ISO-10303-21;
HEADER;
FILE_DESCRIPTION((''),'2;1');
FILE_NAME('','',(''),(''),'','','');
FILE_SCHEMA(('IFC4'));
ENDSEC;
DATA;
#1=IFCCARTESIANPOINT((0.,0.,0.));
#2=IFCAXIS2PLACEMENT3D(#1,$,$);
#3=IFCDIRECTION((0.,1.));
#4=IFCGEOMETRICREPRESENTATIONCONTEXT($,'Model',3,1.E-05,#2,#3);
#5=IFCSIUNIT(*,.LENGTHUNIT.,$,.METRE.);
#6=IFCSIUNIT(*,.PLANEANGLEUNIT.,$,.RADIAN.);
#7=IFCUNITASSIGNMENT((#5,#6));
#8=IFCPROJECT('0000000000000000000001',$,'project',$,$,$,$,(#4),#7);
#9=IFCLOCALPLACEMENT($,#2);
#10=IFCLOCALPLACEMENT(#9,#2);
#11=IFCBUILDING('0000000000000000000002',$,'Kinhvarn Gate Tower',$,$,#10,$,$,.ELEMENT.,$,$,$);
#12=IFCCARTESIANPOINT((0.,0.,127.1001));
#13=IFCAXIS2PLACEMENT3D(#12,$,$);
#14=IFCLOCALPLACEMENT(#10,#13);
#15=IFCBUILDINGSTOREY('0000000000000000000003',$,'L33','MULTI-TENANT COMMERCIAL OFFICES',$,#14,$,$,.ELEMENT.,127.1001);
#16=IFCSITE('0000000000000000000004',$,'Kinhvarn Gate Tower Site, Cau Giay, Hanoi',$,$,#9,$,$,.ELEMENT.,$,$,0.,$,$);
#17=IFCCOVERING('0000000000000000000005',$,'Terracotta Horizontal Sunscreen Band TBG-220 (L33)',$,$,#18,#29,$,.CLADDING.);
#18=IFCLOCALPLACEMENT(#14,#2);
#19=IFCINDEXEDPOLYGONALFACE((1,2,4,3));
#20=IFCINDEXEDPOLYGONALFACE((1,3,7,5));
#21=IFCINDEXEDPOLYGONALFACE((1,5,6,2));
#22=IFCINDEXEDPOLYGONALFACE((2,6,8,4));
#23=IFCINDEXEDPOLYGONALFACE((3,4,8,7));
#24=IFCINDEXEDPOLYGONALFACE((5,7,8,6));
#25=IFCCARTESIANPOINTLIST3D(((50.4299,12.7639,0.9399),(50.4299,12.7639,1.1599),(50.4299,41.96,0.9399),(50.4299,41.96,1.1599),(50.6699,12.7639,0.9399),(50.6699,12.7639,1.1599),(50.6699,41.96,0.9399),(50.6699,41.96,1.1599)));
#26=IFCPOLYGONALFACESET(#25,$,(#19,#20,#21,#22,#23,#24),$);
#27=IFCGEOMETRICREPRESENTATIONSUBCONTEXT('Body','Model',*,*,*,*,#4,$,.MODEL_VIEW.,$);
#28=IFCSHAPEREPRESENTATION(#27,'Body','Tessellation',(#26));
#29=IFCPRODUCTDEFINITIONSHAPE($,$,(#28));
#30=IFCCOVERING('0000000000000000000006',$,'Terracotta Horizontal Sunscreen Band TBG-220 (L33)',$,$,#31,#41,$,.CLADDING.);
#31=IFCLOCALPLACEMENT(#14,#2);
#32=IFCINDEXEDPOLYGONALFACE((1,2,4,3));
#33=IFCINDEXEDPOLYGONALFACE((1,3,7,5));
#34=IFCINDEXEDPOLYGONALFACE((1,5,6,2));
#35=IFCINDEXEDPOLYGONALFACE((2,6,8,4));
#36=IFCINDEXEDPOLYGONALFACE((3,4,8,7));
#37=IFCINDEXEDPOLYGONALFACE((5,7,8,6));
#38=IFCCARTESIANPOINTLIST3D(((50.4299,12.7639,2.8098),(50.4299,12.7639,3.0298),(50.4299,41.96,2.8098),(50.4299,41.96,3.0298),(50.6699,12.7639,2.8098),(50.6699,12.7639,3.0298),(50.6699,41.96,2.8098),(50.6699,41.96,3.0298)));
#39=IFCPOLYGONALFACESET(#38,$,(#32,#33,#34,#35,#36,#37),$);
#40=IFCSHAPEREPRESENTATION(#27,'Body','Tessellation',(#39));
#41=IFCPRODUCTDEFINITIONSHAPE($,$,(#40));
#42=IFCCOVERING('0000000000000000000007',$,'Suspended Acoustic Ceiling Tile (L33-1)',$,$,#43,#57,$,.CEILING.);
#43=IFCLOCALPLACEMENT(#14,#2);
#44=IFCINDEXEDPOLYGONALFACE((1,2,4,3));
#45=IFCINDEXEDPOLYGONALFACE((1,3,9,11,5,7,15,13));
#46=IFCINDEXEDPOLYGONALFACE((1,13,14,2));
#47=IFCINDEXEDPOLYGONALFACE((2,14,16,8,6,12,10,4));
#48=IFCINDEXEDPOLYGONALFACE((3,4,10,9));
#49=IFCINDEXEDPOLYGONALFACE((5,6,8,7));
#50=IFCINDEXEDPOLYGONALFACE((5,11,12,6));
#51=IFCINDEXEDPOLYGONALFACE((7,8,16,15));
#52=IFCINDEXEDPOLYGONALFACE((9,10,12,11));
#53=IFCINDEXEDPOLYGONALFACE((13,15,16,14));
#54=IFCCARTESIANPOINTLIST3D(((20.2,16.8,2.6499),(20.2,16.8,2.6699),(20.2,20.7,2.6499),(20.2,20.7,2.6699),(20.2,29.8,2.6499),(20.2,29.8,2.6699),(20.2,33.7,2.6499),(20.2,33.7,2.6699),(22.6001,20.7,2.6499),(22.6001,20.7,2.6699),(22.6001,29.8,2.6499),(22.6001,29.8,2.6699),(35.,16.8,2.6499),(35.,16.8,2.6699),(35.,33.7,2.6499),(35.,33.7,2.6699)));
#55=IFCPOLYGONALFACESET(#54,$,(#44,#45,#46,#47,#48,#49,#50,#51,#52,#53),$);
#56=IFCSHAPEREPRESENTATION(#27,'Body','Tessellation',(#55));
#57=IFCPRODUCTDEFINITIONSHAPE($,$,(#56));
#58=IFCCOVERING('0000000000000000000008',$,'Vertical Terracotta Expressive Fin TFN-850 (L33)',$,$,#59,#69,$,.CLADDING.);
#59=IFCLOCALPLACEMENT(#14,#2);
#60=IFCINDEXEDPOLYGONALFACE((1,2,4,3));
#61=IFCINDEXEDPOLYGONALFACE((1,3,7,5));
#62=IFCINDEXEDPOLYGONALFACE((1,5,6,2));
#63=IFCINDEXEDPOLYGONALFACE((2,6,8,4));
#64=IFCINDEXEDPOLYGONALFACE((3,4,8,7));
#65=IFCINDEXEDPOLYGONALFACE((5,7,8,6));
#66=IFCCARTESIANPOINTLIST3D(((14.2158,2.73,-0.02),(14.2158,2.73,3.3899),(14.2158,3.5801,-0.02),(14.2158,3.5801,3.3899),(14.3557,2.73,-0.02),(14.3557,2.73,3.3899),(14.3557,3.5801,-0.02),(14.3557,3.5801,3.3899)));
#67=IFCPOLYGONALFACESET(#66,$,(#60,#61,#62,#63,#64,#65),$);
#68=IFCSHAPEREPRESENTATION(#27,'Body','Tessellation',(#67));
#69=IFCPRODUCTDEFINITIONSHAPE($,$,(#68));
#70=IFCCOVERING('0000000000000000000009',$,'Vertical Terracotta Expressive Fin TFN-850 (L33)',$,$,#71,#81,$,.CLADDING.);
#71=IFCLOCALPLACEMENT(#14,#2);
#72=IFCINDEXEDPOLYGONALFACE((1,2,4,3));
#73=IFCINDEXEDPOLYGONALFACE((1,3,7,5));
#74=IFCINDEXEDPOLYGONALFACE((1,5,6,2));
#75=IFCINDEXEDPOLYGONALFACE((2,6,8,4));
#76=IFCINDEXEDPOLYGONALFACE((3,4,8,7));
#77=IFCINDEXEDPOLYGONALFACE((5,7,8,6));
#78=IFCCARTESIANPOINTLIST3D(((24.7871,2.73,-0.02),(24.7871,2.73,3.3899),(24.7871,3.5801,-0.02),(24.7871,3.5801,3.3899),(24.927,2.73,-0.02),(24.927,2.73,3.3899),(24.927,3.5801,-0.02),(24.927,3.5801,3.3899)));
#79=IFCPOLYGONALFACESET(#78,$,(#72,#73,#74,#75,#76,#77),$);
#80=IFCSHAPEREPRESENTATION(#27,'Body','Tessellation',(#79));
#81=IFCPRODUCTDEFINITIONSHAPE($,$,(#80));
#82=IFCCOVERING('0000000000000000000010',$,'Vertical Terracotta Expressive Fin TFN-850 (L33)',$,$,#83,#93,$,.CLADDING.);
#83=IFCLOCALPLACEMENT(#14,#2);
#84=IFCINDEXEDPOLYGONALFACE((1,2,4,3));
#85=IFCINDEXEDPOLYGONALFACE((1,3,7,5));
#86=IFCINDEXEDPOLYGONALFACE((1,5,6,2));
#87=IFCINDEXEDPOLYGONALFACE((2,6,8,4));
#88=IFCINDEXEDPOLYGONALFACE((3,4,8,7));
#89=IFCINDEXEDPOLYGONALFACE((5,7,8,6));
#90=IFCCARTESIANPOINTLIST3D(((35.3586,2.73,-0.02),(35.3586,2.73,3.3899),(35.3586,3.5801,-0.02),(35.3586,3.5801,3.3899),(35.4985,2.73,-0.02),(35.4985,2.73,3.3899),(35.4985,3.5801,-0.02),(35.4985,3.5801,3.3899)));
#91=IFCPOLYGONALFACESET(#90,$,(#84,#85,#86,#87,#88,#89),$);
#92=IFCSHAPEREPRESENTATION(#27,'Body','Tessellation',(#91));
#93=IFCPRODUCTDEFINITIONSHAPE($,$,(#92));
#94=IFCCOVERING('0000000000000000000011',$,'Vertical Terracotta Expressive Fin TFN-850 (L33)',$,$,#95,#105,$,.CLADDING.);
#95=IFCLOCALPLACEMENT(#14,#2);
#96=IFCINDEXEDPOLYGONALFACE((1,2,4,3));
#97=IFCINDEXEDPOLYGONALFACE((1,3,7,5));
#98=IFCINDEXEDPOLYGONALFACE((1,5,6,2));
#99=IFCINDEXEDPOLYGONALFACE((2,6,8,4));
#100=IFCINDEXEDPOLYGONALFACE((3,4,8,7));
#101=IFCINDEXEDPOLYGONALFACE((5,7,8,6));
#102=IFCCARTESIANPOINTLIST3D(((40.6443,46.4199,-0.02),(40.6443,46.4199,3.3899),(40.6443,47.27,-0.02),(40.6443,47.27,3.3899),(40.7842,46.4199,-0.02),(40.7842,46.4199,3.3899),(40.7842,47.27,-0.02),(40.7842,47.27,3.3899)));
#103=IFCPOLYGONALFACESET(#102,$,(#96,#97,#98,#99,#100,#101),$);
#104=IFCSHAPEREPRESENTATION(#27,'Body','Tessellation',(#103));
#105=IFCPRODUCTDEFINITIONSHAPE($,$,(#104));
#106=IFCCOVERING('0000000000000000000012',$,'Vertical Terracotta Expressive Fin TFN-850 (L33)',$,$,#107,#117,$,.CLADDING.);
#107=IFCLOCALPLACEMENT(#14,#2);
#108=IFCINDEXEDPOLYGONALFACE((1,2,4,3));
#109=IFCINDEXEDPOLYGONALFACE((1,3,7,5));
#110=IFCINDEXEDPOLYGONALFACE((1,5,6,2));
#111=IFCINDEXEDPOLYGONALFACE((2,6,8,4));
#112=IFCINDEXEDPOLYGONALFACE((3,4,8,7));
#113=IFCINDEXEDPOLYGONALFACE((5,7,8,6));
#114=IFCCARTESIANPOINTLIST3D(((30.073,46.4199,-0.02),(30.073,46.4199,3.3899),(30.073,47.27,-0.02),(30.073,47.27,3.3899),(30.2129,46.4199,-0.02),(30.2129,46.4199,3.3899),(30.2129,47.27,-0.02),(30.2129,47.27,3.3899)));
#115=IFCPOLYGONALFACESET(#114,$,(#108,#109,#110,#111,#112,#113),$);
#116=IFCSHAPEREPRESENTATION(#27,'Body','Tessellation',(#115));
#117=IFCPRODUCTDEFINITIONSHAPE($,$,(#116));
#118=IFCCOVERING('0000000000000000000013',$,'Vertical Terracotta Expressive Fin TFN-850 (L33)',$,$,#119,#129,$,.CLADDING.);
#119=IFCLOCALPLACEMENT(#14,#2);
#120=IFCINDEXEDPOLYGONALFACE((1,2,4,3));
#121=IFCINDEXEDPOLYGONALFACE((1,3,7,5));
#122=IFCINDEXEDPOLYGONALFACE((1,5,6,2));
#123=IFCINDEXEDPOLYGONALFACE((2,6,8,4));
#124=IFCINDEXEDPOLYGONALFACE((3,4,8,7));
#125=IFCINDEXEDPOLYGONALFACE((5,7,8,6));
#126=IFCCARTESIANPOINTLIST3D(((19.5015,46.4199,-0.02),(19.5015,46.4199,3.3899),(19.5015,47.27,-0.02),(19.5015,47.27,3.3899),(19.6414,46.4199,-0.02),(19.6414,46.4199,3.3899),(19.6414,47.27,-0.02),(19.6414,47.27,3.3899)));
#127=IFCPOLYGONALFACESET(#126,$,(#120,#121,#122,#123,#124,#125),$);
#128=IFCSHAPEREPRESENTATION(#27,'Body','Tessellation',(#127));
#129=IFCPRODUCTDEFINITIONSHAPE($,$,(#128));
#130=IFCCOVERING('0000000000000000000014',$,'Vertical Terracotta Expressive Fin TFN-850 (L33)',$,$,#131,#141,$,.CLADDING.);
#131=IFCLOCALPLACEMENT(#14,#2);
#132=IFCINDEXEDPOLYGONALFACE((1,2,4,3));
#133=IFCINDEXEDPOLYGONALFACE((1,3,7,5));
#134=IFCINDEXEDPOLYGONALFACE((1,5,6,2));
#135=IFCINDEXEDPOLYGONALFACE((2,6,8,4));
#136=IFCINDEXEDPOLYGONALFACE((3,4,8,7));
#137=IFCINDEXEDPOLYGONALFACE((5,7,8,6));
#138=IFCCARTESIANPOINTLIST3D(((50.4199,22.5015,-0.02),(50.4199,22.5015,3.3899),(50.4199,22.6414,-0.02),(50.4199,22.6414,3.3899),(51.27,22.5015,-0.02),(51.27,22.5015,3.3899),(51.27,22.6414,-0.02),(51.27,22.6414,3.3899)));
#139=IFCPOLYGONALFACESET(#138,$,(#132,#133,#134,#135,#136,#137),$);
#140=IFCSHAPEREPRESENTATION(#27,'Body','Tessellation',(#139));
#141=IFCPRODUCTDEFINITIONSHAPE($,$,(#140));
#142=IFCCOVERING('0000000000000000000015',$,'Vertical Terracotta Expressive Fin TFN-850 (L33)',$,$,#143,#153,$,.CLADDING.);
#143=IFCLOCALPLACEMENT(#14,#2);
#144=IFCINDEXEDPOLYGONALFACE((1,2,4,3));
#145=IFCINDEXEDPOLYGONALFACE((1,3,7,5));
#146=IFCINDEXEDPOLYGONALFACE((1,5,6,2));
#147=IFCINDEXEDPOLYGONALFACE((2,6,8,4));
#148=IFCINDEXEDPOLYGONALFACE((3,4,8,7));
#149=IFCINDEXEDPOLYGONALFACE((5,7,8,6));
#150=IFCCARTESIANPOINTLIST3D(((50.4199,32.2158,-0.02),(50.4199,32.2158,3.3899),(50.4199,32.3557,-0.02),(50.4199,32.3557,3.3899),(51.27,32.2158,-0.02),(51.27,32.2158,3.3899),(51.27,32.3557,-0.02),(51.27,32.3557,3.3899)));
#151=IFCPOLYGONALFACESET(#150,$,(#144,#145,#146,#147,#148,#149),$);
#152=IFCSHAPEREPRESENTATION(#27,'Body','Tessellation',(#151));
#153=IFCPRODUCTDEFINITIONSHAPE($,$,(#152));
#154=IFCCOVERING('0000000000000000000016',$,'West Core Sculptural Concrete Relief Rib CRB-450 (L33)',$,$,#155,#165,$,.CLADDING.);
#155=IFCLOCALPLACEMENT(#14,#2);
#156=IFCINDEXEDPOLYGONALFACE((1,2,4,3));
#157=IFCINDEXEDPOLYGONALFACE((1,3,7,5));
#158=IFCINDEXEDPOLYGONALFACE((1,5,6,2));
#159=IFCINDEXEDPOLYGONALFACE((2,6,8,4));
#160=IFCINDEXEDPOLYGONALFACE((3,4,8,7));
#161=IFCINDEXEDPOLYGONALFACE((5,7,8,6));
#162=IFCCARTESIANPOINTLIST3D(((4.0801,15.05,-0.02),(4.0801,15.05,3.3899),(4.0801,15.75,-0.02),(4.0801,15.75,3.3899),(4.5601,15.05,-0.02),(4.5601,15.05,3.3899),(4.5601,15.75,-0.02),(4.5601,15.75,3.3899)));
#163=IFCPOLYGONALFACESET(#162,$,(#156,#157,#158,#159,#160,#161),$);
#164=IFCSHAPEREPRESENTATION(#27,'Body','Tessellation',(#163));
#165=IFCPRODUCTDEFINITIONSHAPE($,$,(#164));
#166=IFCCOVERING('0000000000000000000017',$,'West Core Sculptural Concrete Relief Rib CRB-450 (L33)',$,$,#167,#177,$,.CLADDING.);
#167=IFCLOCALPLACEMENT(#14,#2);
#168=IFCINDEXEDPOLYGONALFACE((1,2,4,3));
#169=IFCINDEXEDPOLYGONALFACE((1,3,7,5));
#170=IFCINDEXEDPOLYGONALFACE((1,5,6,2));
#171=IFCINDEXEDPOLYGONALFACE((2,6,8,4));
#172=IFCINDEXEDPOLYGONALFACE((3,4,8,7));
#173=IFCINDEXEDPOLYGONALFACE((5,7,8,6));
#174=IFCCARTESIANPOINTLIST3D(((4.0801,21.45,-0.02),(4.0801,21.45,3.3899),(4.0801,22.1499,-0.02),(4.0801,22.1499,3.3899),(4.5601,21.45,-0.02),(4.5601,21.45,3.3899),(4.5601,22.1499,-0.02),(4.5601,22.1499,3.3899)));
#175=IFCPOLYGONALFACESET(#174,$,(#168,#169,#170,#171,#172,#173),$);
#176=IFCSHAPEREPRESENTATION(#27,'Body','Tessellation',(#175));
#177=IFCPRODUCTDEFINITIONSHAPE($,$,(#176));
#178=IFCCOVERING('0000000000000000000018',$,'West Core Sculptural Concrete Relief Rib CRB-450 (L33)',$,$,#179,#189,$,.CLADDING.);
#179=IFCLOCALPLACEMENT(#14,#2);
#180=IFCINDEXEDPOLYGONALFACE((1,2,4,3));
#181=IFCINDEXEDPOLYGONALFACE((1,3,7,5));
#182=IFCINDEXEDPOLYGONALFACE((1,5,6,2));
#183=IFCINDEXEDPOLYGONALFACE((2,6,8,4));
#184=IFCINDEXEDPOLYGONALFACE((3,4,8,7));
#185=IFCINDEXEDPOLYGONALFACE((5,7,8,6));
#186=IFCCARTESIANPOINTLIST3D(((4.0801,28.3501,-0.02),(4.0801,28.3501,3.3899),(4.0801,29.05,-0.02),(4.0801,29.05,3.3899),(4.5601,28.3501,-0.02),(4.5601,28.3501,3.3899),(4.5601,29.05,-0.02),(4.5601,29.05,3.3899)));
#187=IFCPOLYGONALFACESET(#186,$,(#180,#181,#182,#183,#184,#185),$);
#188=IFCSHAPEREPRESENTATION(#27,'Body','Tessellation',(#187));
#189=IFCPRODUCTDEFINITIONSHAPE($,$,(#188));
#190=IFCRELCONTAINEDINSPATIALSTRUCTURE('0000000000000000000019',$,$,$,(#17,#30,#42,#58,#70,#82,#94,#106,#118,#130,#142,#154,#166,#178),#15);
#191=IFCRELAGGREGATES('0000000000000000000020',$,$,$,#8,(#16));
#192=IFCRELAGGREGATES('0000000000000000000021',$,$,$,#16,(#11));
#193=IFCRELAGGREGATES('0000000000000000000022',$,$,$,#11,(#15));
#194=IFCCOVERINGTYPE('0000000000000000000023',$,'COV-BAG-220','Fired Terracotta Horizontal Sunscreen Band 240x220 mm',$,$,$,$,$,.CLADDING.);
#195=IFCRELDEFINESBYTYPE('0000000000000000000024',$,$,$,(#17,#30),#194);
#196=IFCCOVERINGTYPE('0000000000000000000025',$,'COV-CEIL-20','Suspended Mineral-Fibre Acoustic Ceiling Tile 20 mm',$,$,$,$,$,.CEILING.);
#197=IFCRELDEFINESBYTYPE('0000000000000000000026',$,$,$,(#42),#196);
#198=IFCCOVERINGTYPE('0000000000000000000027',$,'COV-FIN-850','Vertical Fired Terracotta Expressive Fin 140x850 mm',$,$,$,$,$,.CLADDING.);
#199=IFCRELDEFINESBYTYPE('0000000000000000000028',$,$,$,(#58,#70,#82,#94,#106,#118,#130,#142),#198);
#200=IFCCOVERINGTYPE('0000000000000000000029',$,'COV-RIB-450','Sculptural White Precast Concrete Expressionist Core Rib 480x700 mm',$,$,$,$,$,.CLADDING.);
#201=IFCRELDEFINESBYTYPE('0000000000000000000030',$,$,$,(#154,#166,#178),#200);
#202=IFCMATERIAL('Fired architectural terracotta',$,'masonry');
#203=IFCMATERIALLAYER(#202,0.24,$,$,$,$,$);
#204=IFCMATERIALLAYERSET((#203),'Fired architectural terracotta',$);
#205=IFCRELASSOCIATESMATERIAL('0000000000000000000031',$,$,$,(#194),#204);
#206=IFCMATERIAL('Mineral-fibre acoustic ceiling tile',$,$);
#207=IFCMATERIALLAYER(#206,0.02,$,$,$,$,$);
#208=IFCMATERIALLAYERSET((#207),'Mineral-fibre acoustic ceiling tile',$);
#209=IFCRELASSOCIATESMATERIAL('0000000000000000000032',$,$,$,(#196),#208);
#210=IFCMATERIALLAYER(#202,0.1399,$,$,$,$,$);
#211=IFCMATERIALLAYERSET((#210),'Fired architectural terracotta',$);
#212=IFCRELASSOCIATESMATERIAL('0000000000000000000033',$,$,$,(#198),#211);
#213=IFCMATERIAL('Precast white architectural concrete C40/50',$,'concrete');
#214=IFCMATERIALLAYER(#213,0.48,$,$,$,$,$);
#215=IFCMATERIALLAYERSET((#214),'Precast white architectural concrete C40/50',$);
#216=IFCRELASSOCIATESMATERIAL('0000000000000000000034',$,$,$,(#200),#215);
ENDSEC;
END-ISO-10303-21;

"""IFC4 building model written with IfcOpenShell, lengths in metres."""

from ifc_helpers import new_model, si_unit, direction, frame, origin, place, context, subcontext, project, spatial, polyline, outline, extrude, material, layer, layer_set, type_object, element, save


model = new_model("IFC4")

# Units and contexts
model_context = context("Model", 3, precision=1e-05, world=origin(), true_north=direction((0.0, 1.0)))
body_context = subcontext(model_context, "Body", "Model", "MODEL_VIEW")
ifc_project = project(units=[si_unit("LENGTHUNIT", "METRE"), si_unit("PLANEANGLEUNIT", "RADIAN")], contexts=[model_context])

# Site, building, storey
site_placement = place(None, origin())
site = spatial("IfcSite", under=ifc_project, at=site_placement, Name="Kinhvarn Gate Tower Site, Cau Giay, Hanoi", CompositionType="ELEMENT", RefElevation=0.0)
building_placement = place(site_placement, origin())
building = spatial("IfcBuilding", under=site, at=building_placement, Name="Kinhvarn Gate Tower", CompositionType="ELEMENT")
storey_placement = place(building_placement, frame((0.0, 0.0, 127.1001)))
storey = spatial("IfcBuildingStorey", under=building, at=storey_placement, Name="L33", Description="MULTI-TENANT COMMERCIAL OFFICES", CompositionType="ELEMENT", Elevation=127.1001)

# Shared definitions
ifc_material_1 = material(Name="Precast white architectural concrete C40/50", Category="concrete")

# Coverings
ifc_material_2 = material(Name="Fired architectural terracotta", Category="masonry")
ifc_layer_1 = layer(ifc_material_2, 0.24)
ifc_layer_set_1 = layer_set([ifc_layer_1], Name="Fired architectural terracotta")
covering_type_1 = type_object("IfcCoveringType", Name="COV-BAG-220", Description="Fired Terracotta Horizontal Sunscreen Band 240x220 mm", PredefinedType="CLADDING", material=ifc_layer_set_1)
for number, where, name in (
    (1, (0.0, 0.0, 0.9399), "Terracotta Horizontal Sunscreen Band TBG-220 (L33)"),
    (2, (0.0, 0.0, 2.8098), "Terracotta Horizontal Sunscreen Band TBG-220 (L33)"),
):
    element("IfcCovering", number, at=place(storey_placement, frame(where)), inside=storey, type_object=covering_type_1, Name=name, PredefinedType="CLADDING", context=body_context, shape_type="SweptSolid", body=[
        extrude(outline(polyline([(50.4299, 12.7639), (50.4299, 41.96), (50.6699, 41.96), (50.6699, 12.7639), (50.4299, 12.7639)])), origin(), (0.0, 0.0, 1.0), 0.22),
    ])
ifc_material_3 = material(Name="Mineral-fibre acoustic ceiling tile")
ifc_layer_2 = layer(ifc_material_3, 0.02)
ifc_layer_set_2 = layer_set([ifc_layer_2], Name="Mineral-fibre acoustic ceiling tile")
covering_type_2 = type_object("IfcCoveringType", Name="COV-CEIL-20", Description="Suspended Mineral-Fibre Acoustic Ceiling Tile 20 mm", PredefinedType="CEILING", material=ifc_layer_set_2)
covering_1_placement = place(storey_placement, frame((0.0, 0.0, 2.6499)))
element("IfcCovering", 3, at=covering_1_placement, inside=storey, type_object=covering_type_2, Name="Suspended Acoustic Ceiling Tile (L33-1)", PredefinedType="CEILING", context=body_context, shape_type="SweptSolid", body=[
    extrude(outline(polyline([(35.0, 33.7), (35.0, 16.8), (20.2, 16.8), (20.2, 20.7), (22.6001, 20.7), (22.6001, 29.8), (20.2, 29.8), (20.2, 33.7), (35.0, 33.7)])), origin(), (0.0, 0.0, 1.0), 0.02),
])
ifc_layer_3 = layer(ifc_material_2, 0.1399)
ifc_layer_set_3 = layer_set([ifc_layer_3], Name="Fired architectural terracotta")
covering_type_3 = type_object("IfcCoveringType", Name="COV-FIN-850", Description="Vertical Fired Terracotta Expressive Fin 140x850 mm", PredefinedType="CLADDING", material=ifc_layer_set_3)
covering_2_placement = place(storey_placement, frame((0.0, 0.0, -0.02)))
element("IfcCovering", 4, at=covering_2_placement, inside=storey, type_object=covering_type_3, Name="Vertical Terracotta Expressive Fin TFN-850 (L33)", PredefinedType="CLADDING", context=body_context, shape_type="SweptSolid", body=[
    extrude(outline(polyline([(14.2158, 3.5801), (14.3557, 3.5801), (14.3557, 2.73), (14.2158, 2.73), (14.2158, 3.5801)])), origin(), (0.0, 0.0, 1.0), 3.4099),
])
covering_3_placement = place(storey_placement, frame((0.0, 0.0, -0.02)))
element("IfcCovering", 5, at=covering_3_placement, inside=storey, type_object=covering_type_3, Name="Vertical Terracotta Expressive Fin TFN-850 (L33)", PredefinedType="CLADDING", context=body_context, shape_type="SweptSolid", body=[
    extrude(outline(polyline([(24.7871, 3.5801), (24.927, 3.5801), (24.927, 2.73), (24.7871, 2.73), (24.7871, 3.5801)])), origin(), (0.0, 0.0, 1.0), 3.4099),
])
covering_4_placement = place(storey_placement, frame((0.0, 0.0, -0.02)))
element("IfcCovering", 6, at=covering_4_placement, inside=storey, type_object=covering_type_3, Name="Vertical Terracotta Expressive Fin TFN-850 (L33)", PredefinedType="CLADDING", context=body_context, shape_type="SweptSolid", body=[
    extrude(outline(polyline([(35.3586, 3.5801), (35.4985, 3.5801), (35.4985, 2.73), (35.3586, 2.73), (35.3586, 3.5801)])), origin(), (0.0, 0.0, 1.0), 3.4099),
])
covering_5_placement = place(storey_placement, frame((0.0, 0.0, -0.02)))
element("IfcCovering", 7, at=covering_5_placement, inside=storey, type_object=covering_type_3, Name="Vertical Terracotta Expressive Fin TFN-850 (L33)", PredefinedType="CLADDING", context=body_context, shape_type="SweptSolid", body=[
    extrude(outline(polyline([(40.7842, 46.4199), (40.6443, 46.4199), (40.6443, 47.27), (40.7842, 47.27), (40.7842, 46.4199)])), origin(), (0.0, 0.0, 1.0), 3.4099),
])
covering_6_placement = place(storey_placement, frame((0.0, 0.0, -0.02)))
element("IfcCovering", 8, at=covering_6_placement, inside=storey, type_object=covering_type_3, Name="Vertical Terracotta Expressive Fin TFN-850 (L33)", PredefinedType="CLADDING", context=body_context, shape_type="SweptSolid", body=[
    extrude(outline(polyline([(30.2129, 46.4199), (30.073, 46.4199), (30.073, 47.27), (30.2129, 47.27), (30.2129, 46.4199)])), origin(), (0.0, 0.0, 1.0), 3.4099),
])
covering_7_placement = place(storey_placement, frame((0.0, 0.0, -0.02)))
element("IfcCovering", 9, at=covering_7_placement, inside=storey, type_object=covering_type_3, Name="Vertical Terracotta Expressive Fin TFN-850 (L33)", PredefinedType="CLADDING", context=body_context, shape_type="SweptSolid", body=[
    extrude(outline(polyline([(19.6414, 46.4199), (19.5015, 46.4199), (19.5015, 47.27), (19.6414, 47.27), (19.6414, 46.4199)])), origin(), (0.0, 0.0, 1.0), 3.4099),
])
covering_8_placement = place(storey_placement, frame((0.0, 0.0, -0.02)))
element("IfcCovering", 10, at=covering_8_placement, inside=storey, type_object=covering_type_3, Name="Vertical Terracotta Expressive Fin TFN-850 (L33)", PredefinedType="CLADDING", context=body_context, shape_type="SweptSolid", body=[
    extrude(outline(polyline([(50.4199, 22.5015), (50.4199, 22.6414), (51.27, 22.6414), (51.27, 22.5015), (50.4199, 22.5015)])), origin(), (0.0, 0.0, 1.0), 3.4099),
])
covering_9_placement = place(storey_placement, frame((0.0, 0.0, -0.02)))
element("IfcCovering", 11, at=covering_9_placement, inside=storey, type_object=covering_type_3, Name="Vertical Terracotta Expressive Fin TFN-850 (L33)", PredefinedType="CLADDING", context=body_context, shape_type="SweptSolid", body=[
    extrude(outline(polyline([(50.4199, 32.2158), (50.4199, 32.3557), (51.27, 32.3557), (51.27, 32.2158), (50.4199, 32.2158)])), origin(), (0.0, 0.0, 1.0), 3.4099),
])
ifc_layer_4 = layer(ifc_material_1, 0.48)
ifc_layer_set_4 = layer_set([ifc_layer_4], Name="Precast white architectural concrete C40/50")
covering_type_4 = type_object("IfcCoveringType", Name="COV-RIB-450", Description="Sculptural White Precast Concrete Expressionist Core Rib 480x700 mm", PredefinedType="CLADDING", material=ifc_layer_set_4)
covering_10_placement = place(storey_placement, frame((0.0, 0.0, -0.02)))
element("IfcCovering", 12, at=covering_10_placement, inside=storey, type_object=covering_type_4, Name="West Core Sculptural Concrete Relief Rib CRB-450 (L33)", PredefinedType="CLADDING", context=body_context, shape_type="SweptSolid", body=[
    extrude(outline(polyline([(4.0801, 15.05), (4.5601, 15.05), (4.5601, 15.75), (4.0801, 15.75), (4.0801, 15.05)])), origin(), (0.0, 0.0, 1.0), 3.4099),
])
covering_11_placement = place(storey_placement, frame((0.0, 0.0, -0.02)))
element("IfcCovering", 13, at=covering_11_placement, inside=storey, type_object=covering_type_4, Name="West Core Sculptural Concrete Relief Rib CRB-450 (L33)", PredefinedType="CLADDING", context=body_context, shape_type="SweptSolid", body=[
    extrude(outline(polyline([(4.0801, 21.45), (4.5601, 21.45), (4.5601, 22.1499), (4.0801, 22.1499), (4.0801, 21.45)])), origin(), (0.0, 0.0, 1.0), 3.4099),
])
covering_12_placement = place(storey_placement, frame((0.0, 0.0, -0.02)))
element("IfcCovering", 14, at=covering_12_placement, inside=storey, type_object=covering_type_4, Name="West Core Sculptural Concrete Relief Rib CRB-450 (L33)", PredefinedType="CLADDING", context=body_context, shape_type="SweptSolid", body=[
    extrude(outline(polyline([(4.0801, 28.3501), (4.5601, 28.3501), (4.5601, 29.05), (4.0801, 29.05), (4.0801, 28.3501)])), origin(), (0.0, 0.0, 1.0), 3.4099),
])

save(model, "model.ifc")
